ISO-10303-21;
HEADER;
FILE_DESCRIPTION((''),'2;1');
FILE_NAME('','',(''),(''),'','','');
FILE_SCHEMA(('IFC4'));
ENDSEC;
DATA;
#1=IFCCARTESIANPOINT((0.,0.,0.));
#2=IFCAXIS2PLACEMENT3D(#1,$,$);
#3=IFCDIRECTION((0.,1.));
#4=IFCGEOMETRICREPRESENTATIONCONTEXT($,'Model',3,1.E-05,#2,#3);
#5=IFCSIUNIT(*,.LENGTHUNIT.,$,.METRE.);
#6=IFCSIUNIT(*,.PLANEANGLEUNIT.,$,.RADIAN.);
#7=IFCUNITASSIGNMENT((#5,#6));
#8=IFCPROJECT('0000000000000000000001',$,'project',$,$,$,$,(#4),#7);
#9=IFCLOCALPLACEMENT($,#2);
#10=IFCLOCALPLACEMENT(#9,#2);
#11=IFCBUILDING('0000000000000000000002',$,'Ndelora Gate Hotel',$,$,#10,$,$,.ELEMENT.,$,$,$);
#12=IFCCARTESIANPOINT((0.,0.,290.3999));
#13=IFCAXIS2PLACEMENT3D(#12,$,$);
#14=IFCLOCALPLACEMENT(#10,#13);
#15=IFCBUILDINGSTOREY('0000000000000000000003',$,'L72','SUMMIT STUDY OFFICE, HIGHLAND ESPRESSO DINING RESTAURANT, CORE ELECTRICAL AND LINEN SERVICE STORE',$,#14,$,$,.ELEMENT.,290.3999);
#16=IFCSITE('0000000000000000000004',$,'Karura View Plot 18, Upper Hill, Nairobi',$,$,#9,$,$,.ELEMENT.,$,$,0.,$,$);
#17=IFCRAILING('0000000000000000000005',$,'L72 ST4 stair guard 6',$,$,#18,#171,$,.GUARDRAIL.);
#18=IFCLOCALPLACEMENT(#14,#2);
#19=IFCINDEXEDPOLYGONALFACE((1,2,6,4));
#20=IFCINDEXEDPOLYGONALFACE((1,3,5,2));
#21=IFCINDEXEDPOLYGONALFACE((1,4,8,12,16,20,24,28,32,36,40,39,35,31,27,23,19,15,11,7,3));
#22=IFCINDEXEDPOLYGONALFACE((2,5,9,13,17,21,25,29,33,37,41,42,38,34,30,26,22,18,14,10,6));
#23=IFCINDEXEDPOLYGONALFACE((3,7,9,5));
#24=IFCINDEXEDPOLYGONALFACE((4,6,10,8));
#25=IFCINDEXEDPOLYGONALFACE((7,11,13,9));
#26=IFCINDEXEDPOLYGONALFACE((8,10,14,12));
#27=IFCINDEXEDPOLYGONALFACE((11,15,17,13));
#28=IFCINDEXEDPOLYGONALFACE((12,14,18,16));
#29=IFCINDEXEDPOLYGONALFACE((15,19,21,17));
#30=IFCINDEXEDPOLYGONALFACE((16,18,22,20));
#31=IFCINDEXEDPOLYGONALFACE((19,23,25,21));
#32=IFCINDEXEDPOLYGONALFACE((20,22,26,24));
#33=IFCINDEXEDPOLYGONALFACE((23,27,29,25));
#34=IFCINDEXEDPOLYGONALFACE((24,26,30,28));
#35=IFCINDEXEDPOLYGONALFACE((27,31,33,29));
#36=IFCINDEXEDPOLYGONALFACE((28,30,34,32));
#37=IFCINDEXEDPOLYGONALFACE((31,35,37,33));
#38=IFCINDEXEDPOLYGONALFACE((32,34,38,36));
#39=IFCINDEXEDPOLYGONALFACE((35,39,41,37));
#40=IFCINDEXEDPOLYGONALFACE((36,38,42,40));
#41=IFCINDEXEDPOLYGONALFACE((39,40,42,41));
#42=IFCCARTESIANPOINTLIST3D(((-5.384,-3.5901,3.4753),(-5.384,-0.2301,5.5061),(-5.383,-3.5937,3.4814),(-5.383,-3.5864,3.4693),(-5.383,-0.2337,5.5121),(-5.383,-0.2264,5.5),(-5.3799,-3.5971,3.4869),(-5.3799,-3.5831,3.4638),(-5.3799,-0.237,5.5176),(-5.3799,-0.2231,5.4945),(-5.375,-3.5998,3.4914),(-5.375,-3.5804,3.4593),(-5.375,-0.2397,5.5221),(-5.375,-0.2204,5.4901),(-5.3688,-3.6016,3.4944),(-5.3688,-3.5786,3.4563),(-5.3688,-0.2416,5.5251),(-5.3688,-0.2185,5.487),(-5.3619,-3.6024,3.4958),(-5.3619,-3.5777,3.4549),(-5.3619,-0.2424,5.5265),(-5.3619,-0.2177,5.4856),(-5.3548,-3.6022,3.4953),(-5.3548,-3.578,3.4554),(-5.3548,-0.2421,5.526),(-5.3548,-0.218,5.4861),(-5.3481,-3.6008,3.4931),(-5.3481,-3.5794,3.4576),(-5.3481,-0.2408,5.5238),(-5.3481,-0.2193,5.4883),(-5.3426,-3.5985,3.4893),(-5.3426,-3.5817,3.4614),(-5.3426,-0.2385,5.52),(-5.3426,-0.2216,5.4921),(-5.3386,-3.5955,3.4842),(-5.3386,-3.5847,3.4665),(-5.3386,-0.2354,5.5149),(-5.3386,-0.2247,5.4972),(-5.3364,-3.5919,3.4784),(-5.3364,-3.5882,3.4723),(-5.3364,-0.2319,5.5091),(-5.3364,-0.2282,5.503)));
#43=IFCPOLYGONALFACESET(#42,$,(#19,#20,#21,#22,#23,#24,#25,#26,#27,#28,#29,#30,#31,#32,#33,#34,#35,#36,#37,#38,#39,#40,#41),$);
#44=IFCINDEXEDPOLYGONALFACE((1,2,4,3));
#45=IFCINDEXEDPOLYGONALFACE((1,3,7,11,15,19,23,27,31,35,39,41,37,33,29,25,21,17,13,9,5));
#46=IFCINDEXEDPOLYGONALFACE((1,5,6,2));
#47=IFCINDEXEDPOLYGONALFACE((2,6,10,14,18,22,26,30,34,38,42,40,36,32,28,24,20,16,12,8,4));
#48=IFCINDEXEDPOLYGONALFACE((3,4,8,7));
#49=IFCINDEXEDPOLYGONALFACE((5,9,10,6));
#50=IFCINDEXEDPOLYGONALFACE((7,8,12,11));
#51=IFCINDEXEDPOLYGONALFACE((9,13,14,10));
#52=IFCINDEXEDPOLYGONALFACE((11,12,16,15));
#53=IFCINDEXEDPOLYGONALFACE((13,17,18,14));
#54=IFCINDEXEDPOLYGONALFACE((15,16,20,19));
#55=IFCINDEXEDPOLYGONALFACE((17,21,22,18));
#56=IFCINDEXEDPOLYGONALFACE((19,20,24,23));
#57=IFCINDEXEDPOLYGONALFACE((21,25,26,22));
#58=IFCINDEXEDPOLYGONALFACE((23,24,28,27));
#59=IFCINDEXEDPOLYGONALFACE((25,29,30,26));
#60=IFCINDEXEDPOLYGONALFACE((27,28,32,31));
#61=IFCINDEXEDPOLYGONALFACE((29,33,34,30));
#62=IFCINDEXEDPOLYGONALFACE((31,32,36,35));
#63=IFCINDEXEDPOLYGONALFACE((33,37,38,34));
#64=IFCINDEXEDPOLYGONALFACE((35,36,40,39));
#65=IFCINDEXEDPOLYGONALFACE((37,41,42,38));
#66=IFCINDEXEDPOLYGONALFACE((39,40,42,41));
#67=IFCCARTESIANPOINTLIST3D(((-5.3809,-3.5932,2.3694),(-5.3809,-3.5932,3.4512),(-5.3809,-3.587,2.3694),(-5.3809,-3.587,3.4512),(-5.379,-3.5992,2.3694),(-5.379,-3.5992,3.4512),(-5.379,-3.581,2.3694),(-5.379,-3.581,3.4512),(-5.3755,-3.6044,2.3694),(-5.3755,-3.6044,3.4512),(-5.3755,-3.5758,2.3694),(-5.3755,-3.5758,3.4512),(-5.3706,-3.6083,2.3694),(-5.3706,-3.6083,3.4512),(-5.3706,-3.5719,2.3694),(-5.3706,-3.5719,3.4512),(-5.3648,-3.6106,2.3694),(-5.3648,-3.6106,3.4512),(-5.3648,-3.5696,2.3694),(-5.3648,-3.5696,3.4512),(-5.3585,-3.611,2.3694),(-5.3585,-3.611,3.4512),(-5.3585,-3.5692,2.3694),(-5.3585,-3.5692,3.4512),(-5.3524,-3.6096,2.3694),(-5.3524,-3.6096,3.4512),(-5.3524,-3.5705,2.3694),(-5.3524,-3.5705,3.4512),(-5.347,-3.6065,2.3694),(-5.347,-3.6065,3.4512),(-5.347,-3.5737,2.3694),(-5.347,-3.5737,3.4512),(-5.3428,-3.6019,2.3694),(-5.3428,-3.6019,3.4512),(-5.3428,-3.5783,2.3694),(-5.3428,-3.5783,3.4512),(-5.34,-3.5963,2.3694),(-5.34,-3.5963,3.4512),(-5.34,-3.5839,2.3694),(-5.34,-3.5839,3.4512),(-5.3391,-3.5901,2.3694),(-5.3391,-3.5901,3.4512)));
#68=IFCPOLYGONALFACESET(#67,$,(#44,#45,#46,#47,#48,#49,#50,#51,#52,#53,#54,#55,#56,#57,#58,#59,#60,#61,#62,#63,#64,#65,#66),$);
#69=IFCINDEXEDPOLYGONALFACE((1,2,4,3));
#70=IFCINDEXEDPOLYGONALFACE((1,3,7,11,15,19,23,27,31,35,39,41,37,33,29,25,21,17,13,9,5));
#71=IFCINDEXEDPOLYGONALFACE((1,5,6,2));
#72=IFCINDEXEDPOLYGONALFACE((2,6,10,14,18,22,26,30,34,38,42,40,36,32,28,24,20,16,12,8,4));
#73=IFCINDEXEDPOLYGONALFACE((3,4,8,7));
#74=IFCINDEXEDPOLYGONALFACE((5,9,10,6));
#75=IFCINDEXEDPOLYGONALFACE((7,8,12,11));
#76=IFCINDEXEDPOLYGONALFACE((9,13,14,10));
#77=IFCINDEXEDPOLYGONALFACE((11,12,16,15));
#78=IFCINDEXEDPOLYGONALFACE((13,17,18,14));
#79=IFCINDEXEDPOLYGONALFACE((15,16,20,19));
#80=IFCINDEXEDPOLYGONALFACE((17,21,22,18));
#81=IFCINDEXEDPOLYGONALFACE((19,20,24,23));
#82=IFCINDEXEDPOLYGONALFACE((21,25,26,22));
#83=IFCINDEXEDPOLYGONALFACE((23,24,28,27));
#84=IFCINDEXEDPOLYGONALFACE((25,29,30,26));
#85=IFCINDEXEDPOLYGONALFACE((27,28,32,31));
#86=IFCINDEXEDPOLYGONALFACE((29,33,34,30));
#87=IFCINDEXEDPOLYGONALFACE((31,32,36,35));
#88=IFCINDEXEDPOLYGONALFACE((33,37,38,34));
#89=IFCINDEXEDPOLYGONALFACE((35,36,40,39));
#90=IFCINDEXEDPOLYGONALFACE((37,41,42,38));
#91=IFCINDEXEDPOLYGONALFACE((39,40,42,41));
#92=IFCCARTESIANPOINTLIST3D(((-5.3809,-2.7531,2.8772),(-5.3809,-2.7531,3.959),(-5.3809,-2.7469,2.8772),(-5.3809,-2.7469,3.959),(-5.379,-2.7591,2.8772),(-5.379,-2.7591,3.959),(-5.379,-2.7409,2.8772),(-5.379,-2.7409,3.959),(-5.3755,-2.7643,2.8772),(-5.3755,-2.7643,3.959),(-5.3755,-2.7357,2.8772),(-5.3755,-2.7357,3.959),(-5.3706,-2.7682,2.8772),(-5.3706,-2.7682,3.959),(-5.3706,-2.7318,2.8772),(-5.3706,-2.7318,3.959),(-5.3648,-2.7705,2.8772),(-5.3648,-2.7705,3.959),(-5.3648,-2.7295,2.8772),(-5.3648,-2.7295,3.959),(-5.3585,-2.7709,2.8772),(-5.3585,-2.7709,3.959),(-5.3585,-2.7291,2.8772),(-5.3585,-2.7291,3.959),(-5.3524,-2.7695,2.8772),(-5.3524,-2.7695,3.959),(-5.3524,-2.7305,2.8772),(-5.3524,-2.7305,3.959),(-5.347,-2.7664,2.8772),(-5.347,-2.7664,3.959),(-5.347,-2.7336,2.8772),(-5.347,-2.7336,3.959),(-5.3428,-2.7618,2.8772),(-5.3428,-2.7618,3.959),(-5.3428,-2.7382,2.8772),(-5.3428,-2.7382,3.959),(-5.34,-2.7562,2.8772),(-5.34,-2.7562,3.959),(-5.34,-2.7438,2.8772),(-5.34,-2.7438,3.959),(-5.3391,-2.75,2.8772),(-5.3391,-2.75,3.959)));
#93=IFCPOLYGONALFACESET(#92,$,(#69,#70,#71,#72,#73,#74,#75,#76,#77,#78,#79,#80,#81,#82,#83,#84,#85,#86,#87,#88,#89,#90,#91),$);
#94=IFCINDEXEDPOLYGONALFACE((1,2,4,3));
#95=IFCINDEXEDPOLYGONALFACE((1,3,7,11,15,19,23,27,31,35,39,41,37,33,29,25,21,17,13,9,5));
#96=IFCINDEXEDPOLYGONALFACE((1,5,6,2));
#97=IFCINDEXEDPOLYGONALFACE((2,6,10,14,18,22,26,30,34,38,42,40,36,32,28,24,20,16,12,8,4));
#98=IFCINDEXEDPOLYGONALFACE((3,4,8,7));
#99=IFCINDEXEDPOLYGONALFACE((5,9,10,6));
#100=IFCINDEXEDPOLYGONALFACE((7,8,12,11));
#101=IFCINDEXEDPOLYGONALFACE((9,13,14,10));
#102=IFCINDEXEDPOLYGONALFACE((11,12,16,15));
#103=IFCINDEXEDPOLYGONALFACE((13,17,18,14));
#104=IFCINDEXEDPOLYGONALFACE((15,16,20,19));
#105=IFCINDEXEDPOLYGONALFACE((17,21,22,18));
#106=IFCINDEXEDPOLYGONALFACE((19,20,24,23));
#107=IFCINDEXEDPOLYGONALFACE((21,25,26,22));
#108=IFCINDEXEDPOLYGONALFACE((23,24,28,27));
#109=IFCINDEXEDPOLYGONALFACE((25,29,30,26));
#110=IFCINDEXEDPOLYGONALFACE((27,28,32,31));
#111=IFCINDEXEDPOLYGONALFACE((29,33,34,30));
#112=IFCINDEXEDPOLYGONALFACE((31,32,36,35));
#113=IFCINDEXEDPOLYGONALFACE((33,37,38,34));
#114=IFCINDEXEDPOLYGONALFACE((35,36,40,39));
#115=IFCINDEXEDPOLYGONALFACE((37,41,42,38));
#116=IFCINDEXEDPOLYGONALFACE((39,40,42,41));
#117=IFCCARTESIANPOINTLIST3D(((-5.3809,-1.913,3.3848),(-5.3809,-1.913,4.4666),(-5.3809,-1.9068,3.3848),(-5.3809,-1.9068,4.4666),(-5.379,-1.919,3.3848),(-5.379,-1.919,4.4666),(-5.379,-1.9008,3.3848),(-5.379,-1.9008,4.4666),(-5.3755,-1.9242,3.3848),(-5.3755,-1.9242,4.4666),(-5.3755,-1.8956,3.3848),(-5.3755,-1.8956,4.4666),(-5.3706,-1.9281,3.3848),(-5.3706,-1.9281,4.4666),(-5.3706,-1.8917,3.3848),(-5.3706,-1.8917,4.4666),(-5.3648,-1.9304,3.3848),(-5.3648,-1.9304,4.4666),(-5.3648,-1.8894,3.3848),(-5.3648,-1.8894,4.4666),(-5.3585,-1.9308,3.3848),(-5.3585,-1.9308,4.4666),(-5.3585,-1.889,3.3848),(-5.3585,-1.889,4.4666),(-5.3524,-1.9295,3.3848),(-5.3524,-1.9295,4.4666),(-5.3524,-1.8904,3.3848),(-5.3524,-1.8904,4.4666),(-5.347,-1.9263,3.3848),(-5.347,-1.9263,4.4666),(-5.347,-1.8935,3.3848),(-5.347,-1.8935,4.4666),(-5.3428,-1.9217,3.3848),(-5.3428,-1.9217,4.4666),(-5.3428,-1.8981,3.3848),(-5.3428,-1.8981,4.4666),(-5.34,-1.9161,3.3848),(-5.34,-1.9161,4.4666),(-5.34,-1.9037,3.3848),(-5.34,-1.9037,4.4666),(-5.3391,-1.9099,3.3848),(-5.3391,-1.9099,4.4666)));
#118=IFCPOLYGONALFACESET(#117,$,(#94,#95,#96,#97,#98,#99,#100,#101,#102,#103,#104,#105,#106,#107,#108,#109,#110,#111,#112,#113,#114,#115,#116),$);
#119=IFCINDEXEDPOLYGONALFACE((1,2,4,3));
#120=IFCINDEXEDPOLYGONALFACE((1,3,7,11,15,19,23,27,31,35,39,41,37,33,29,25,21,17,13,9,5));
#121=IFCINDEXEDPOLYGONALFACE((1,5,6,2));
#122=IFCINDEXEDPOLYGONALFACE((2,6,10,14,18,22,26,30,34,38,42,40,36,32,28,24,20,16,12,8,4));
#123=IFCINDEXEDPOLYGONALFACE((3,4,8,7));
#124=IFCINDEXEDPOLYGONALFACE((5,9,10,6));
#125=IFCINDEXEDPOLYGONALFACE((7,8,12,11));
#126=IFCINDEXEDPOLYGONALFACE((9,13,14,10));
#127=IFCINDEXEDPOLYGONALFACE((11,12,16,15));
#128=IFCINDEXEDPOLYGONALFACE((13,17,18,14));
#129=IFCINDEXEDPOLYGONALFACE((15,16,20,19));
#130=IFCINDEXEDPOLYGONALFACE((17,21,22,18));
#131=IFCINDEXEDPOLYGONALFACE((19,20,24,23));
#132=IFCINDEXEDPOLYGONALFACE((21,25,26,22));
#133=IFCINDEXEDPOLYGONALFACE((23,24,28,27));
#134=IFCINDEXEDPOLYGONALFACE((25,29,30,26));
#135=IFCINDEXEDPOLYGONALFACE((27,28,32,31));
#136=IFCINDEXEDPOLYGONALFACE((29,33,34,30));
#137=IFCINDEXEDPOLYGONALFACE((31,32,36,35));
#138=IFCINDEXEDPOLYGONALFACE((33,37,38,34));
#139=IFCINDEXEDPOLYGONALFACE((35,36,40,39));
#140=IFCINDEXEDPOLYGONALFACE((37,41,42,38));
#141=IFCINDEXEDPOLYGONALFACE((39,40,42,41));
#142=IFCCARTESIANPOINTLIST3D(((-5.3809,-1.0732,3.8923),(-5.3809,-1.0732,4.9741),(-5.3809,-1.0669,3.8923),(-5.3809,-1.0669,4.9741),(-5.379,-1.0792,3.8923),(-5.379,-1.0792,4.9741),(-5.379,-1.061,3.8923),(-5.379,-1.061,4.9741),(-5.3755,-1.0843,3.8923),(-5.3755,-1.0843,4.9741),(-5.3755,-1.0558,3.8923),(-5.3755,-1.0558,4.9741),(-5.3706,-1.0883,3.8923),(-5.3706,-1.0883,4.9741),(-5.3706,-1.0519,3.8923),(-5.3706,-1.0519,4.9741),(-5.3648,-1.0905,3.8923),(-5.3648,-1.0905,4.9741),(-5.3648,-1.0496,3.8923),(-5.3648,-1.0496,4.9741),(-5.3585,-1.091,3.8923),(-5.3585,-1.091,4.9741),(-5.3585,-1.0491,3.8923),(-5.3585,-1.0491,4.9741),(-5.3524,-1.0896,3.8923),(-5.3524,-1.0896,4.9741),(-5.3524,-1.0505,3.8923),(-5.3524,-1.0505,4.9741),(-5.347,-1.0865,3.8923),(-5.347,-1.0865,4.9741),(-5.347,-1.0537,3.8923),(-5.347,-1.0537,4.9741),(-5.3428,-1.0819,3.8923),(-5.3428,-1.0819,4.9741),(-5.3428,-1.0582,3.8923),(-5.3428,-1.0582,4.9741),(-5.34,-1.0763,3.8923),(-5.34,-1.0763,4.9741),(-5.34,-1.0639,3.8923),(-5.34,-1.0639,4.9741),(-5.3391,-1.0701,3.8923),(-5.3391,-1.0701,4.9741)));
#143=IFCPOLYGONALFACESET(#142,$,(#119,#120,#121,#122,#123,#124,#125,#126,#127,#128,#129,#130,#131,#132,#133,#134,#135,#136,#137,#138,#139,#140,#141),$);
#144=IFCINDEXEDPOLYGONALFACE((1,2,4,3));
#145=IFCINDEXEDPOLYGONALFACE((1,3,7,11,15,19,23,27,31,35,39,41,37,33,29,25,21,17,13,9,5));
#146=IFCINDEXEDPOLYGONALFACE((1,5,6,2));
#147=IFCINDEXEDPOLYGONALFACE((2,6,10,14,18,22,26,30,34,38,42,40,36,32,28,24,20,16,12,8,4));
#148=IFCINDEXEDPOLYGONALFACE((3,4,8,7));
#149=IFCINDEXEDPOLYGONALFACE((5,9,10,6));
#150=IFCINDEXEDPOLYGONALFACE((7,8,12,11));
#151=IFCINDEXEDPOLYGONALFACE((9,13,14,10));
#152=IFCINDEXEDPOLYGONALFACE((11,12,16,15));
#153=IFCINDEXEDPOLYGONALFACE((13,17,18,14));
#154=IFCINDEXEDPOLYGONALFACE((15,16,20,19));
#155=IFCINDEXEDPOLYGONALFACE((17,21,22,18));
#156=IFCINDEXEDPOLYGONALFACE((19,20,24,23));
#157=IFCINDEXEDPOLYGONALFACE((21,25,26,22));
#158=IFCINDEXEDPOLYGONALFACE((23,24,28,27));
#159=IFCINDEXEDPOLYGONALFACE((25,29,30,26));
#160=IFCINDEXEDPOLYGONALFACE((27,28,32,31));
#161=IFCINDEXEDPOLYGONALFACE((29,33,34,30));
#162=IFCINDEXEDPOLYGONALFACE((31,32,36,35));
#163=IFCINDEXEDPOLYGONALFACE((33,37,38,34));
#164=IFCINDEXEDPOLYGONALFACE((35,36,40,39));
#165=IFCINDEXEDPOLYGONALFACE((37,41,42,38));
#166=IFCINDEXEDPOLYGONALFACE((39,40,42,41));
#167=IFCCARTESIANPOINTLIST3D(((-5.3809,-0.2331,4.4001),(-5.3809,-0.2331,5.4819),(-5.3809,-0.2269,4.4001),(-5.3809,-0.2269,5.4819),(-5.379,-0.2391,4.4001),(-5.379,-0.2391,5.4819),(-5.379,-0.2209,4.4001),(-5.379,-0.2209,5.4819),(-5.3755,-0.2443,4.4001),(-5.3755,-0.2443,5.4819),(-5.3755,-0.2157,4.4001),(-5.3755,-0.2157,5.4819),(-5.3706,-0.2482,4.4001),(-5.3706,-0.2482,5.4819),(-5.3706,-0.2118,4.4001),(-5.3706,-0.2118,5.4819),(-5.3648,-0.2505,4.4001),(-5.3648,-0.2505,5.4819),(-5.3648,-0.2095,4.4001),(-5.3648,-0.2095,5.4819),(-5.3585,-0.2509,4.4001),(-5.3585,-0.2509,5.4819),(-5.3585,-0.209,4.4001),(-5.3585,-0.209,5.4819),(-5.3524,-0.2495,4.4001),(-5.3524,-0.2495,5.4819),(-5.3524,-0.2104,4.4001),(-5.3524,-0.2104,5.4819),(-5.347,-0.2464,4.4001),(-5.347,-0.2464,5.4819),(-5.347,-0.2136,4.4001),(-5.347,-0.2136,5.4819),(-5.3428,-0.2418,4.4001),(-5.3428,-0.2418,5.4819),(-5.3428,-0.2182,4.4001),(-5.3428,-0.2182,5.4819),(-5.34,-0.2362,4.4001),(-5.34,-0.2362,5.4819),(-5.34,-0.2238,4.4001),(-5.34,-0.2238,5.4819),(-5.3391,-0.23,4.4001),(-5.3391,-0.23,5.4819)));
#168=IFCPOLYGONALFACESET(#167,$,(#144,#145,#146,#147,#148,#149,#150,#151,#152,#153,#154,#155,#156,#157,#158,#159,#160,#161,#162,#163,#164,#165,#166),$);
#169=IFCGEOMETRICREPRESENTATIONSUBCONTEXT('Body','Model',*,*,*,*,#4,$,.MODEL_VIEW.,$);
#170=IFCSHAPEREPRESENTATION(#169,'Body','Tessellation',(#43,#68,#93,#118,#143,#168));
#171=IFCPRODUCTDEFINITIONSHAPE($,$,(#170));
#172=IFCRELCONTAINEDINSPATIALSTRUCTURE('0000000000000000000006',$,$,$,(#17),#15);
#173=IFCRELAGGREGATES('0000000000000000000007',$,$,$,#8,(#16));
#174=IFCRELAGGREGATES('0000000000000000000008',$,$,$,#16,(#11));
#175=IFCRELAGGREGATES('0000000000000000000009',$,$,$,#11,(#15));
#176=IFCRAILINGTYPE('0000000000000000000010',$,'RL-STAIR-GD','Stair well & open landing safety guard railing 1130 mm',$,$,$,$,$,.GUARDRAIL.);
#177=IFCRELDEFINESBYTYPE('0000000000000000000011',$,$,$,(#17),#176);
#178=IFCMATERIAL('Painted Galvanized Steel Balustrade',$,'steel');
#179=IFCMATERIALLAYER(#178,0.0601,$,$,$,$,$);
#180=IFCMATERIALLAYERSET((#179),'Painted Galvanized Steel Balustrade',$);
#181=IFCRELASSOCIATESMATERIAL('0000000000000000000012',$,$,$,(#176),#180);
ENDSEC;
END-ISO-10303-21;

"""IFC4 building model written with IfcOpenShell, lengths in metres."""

from ifc_helpers import new_model, si_unit, direction, frame, origin, origin_2d, place, context, subcontext, project, spatial, circle, extrude, material, layer, layer_set, type_object, element, save


model = new_model("IFC4")

# Units and contexts
model_context = context("Model", 3, precision=1e-05, world=origin(), true_north=direction((0.0, 1.0)))
body_context = subcontext(model_context, "Body", "Model", "MODEL_VIEW")
ifc_project = project(units=[si_unit("LENGTHUNIT", "METRE"), si_unit("PLANEANGLEUNIT", "RADIAN")], contexts=[model_context])

# Site, building, storey
site_placement = place(None, origin())
site = spatial("IfcSite", under=ifc_project, at=site_placement, Name="Karura View Plot 18, Upper Hill, Nairobi", CompositionType="ELEMENT", RefElevation=0.0)
building_placement = place(site_placement, origin())
building = spatial("IfcBuilding", under=site, at=building_placement, Name="Ndelora Gate Hotel", CompositionType="ELEMENT")
storey_placement = place(building_placement, frame((0.0, 0.0, 290.3999)))
storey = spatial("IfcBuildingStorey", under=building, at=storey_placement, Name="L72", Description="SUMMIT STUDY OFFICE, HIGHLAND ESPRESSO DINING RESTAURANT, CORE ELECTRICAL AND LINEN SERVICE STORE", CompositionType="ELEMENT", Elevation=290.3999)

# Railing
ifc_material_1 = material(Name="Painted Galvanized Steel Balustrade", Category="steel")
ifc_layer_1 = layer(ifc_material_1, 0.0601)
ifc_layer_set_1 = layer_set([ifc_layer_1], Name="Painted Galvanized Steel Balustrade")
railing_type_1 = type_object("IfcRailingType", Name="RL-STAIR-GD", Description="Stair well & open landing safety guard railing 1130 mm", PredefinedType="GUARDRAIL", material=ifc_layer_set_1)
railing_1_placement = place(storey_placement, frame((-5.3601, -3.5901, 2.3694)))
element("IfcRailing", 1, at=railing_1_placement, inside=storey, type_object=railing_type_1, Name="L72 ST4 stair guard 6", PredefinedType="GUARDRAIL", context=body_context, shape_type="SweptSolid", body=[
    extrude(circle(Radius=0.0239, at=origin_2d()), frame((0.0, 0.0, 1.106), z_axis=(0.0, 0.855837, 0.517246), x_axis=(-1.0, 0.0, 0.0)), (0.0, 0.0, 1.0), 3.926),
    extrude(circle(Radius=0.021, at=origin_2d()), origin(), (0.0, 0.0, 1.0), 1.0818),
    extrude(circle(Radius=0.021, at=origin_2d()), frame((0.0, 0.8401, 0.5078)), (0.0, 0.0, 1.0), 1.0818),
    extrude(circle(Radius=0.021, at=origin_2d()), frame((0.0, 1.6802, 1.0154)), (0.0, 0.0, 1.0), 1.0818),
    extrude(circle(Radius=0.021, at=origin_2d()), frame((0.0, 2.52, 1.5229)), (0.0, 0.0, 1.0), 1.0818),
    extrude(circle(Radius=0.021, at=origin_2d()), frame((0.0, 3.3601, 2.0308)), (0.0, 0.0, 1.0), 1.0818),
])

save(model, "model.ifc")
